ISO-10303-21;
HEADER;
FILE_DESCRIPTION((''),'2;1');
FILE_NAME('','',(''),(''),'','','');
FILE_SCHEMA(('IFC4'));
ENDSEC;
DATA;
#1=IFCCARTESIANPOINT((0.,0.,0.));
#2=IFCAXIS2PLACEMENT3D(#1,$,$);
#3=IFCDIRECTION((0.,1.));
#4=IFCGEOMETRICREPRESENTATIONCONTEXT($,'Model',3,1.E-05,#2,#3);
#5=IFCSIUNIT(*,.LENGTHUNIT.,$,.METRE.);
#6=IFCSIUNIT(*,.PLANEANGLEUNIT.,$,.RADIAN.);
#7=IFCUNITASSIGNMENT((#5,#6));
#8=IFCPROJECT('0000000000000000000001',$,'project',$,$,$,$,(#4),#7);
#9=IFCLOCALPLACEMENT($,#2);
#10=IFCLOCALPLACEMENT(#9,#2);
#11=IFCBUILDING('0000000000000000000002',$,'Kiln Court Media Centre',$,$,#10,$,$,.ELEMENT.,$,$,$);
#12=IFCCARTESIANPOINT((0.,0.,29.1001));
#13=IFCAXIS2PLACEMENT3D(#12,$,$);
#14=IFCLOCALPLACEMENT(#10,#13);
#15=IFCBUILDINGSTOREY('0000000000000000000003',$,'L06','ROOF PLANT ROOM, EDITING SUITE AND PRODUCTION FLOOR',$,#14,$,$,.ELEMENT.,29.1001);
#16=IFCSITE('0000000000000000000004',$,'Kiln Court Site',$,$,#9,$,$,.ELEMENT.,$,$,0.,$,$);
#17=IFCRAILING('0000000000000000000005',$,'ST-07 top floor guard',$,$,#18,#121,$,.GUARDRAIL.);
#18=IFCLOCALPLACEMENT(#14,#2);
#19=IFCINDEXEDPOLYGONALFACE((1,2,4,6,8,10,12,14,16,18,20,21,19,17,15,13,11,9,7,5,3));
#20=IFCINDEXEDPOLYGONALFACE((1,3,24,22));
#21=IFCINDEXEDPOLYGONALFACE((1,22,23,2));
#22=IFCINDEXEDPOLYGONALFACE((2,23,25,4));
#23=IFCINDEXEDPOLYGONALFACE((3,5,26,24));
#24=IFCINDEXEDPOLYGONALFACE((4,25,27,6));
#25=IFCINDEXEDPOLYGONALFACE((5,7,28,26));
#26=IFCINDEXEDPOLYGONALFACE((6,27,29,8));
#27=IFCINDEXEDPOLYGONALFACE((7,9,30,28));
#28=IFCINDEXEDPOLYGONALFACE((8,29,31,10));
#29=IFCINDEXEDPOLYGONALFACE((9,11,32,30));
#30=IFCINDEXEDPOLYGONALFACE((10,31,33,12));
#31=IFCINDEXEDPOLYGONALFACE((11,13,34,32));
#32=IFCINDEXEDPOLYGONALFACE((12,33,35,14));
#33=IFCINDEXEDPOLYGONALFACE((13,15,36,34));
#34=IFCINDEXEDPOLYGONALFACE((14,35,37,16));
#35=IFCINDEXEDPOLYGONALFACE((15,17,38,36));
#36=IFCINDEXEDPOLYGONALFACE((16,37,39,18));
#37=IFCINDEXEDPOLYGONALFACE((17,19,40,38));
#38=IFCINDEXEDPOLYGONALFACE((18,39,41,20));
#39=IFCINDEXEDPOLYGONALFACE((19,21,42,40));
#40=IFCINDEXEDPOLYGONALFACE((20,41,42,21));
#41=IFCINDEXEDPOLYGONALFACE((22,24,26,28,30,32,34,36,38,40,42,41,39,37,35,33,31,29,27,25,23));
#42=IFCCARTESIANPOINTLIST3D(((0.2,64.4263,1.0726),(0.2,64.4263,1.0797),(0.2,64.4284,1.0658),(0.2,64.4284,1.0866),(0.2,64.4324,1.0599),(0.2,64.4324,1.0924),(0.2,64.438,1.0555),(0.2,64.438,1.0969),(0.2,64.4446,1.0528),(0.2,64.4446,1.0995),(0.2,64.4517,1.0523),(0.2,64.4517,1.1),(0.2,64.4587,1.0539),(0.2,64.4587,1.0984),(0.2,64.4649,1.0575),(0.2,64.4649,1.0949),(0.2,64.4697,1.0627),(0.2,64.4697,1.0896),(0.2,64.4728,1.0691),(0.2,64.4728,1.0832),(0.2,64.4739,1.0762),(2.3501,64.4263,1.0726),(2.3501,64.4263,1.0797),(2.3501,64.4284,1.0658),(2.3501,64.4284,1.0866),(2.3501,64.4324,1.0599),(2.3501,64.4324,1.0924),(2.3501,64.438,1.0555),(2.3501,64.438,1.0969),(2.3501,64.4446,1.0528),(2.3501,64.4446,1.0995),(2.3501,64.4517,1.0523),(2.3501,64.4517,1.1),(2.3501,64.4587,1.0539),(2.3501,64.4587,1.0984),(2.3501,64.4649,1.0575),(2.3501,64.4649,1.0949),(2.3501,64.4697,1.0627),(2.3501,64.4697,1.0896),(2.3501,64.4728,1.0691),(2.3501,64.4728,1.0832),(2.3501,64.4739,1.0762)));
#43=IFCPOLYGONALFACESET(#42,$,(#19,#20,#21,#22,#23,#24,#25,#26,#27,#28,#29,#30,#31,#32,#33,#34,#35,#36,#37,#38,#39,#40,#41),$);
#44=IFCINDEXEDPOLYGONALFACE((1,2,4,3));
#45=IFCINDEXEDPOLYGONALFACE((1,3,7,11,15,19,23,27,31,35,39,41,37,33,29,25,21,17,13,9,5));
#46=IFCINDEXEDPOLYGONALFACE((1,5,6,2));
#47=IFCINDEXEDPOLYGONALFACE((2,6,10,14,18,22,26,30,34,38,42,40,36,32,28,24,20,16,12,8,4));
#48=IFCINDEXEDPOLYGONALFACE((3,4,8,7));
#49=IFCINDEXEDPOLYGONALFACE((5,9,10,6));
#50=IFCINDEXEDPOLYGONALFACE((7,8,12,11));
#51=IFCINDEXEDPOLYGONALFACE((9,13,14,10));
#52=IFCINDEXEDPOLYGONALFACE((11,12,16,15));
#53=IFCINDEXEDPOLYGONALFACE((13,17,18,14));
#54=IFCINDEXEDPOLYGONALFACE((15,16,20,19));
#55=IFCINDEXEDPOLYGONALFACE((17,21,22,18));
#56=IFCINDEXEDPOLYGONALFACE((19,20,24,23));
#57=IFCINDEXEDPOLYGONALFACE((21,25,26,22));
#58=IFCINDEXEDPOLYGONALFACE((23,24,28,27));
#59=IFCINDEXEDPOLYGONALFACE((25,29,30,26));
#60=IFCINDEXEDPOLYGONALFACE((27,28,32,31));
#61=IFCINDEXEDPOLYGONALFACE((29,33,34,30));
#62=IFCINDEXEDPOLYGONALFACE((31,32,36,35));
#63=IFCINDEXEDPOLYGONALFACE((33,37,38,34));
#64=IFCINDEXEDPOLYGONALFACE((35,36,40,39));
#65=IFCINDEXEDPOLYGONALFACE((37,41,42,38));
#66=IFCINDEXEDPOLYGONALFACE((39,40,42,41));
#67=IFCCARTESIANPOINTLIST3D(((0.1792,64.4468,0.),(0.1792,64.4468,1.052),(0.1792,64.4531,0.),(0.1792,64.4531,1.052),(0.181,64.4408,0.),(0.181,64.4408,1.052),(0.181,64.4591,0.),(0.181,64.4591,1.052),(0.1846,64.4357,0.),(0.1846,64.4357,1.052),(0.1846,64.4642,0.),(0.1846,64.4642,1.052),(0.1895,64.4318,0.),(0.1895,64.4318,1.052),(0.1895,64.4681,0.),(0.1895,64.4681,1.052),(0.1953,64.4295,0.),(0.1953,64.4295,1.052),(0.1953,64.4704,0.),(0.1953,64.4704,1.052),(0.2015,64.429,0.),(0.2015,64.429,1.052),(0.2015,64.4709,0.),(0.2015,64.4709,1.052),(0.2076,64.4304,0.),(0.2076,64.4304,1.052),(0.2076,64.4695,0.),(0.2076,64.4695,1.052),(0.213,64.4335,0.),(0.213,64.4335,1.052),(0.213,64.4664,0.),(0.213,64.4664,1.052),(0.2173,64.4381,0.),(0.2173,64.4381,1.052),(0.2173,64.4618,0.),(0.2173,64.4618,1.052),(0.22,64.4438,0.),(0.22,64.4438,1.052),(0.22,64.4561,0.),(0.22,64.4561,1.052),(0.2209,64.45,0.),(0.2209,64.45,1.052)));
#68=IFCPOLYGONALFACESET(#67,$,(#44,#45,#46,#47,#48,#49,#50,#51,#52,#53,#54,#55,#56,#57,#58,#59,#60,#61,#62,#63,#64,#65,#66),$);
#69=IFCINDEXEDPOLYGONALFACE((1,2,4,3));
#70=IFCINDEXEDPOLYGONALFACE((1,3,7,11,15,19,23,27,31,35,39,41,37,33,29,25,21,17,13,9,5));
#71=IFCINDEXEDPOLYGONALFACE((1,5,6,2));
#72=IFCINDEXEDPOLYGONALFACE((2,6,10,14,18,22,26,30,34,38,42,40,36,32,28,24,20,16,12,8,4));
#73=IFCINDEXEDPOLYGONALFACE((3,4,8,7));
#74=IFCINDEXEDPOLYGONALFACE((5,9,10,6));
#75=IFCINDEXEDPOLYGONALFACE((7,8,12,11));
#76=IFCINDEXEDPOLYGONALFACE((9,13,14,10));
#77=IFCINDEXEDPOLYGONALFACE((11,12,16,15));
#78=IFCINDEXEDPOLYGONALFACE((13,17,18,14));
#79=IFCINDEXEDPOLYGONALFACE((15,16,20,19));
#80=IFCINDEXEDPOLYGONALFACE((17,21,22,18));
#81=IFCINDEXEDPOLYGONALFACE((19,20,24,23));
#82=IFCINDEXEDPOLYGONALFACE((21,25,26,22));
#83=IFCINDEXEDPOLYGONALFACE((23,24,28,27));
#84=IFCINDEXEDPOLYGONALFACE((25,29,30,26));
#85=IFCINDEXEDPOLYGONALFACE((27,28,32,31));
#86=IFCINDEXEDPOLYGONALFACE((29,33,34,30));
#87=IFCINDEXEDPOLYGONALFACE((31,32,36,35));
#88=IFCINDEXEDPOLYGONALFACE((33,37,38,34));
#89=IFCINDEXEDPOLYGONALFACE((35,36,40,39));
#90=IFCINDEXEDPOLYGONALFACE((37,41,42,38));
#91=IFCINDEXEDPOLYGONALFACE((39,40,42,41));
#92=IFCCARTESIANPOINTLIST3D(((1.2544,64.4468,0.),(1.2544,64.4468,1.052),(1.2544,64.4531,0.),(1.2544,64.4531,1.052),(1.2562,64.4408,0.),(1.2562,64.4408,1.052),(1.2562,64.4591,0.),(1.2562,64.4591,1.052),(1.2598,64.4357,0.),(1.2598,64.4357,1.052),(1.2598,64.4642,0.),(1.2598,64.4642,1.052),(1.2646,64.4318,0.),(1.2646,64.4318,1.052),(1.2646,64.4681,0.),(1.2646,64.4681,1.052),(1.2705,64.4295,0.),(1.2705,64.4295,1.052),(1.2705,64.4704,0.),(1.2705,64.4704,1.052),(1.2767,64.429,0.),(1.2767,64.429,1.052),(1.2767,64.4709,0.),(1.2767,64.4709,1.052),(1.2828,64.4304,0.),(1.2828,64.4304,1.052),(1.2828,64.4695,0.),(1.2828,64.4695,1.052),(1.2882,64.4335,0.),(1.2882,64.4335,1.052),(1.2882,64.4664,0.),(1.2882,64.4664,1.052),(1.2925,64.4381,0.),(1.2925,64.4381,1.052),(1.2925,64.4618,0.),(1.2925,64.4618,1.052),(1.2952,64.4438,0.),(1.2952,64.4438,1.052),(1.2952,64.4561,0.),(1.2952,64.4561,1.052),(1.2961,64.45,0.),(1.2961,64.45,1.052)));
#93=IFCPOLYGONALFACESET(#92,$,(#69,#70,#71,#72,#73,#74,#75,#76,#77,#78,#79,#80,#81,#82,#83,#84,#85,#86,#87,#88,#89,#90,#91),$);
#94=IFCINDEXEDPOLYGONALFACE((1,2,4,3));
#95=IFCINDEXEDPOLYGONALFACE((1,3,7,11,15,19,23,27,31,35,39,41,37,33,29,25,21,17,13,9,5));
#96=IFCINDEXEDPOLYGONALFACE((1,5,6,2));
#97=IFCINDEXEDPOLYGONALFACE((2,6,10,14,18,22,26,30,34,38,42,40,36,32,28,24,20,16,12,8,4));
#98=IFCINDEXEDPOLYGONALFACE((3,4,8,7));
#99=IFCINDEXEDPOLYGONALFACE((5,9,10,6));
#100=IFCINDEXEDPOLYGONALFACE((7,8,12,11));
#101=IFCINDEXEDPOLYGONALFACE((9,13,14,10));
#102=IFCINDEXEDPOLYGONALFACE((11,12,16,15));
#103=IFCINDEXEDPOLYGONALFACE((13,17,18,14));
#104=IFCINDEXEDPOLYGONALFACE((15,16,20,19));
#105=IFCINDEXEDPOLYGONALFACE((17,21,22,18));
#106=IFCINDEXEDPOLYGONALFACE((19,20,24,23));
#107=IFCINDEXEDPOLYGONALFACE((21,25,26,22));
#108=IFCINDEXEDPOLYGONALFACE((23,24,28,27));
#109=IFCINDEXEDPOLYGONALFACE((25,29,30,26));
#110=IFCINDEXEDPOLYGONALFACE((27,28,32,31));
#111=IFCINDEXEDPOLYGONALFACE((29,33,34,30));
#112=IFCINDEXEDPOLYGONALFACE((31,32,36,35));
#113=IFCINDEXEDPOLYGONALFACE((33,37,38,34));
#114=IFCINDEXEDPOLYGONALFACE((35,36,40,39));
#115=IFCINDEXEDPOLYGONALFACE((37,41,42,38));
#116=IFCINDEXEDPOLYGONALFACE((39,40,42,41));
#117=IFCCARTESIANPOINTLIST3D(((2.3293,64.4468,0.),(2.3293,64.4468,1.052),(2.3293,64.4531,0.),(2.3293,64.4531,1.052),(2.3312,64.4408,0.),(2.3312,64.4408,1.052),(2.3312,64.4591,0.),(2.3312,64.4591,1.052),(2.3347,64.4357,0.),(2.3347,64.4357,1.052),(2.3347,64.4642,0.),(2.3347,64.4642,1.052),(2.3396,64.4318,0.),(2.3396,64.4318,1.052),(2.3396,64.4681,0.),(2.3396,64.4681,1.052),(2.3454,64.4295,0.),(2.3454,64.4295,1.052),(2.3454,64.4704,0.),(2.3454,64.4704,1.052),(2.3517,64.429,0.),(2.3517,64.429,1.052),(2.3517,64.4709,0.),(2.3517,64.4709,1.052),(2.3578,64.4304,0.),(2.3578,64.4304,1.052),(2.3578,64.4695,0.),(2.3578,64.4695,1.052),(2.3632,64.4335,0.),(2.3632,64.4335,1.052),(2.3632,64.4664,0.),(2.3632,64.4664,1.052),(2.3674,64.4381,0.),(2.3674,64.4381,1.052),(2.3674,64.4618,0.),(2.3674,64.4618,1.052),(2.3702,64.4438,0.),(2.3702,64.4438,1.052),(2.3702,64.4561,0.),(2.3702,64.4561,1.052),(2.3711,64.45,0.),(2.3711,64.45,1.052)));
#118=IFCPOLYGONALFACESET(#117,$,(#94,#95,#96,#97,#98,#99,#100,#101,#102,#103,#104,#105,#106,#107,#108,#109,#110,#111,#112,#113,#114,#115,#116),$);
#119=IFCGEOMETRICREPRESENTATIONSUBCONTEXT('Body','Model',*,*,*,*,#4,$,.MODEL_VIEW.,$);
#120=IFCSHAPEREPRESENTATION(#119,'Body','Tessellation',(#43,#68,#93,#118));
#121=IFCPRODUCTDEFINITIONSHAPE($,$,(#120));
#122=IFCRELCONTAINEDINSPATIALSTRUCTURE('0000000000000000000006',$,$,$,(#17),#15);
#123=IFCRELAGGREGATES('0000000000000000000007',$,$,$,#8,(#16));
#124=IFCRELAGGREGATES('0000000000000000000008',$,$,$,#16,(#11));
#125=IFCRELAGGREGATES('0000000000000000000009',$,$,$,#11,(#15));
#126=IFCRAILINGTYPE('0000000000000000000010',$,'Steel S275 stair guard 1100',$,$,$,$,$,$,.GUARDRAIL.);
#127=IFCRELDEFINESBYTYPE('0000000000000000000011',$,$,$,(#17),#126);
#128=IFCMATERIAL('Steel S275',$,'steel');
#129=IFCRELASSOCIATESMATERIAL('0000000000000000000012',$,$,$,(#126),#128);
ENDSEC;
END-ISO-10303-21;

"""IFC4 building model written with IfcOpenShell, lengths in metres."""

from ifc_helpers import new_model, si_unit, direction, frame, origin, origin_2d, place, context, subcontext, project, spatial, circle, extrude, material, type_object, element, save


model = new_model("IFC4")

# Units and contexts
model_context = context("Model", 3, precision=1e-05, world=origin(), true_north=direction((0.0, 1.0)))
body_context = subcontext(model_context, "Body", "Model", "MODEL_VIEW")
ifc_project = project(units=[si_unit("LENGTHUNIT", "METRE"), si_unit("PLANEANGLEUNIT", "RADIAN")], contexts=[model_context])

# Site, building, storey
site_placement = place(None, origin())
site = spatial("IfcSite", under=ifc_project, at=site_placement, Name="Kiln Court Site", CompositionType="ELEMENT", RefElevation=0.0)
building_placement = place(site_placement, origin())
building = spatial("IfcBuilding", under=site, at=building_placement, Name="Kiln Court Media Centre", CompositionType="ELEMENT")
storey_placement = place(building_placement, frame((0.0, 0.0, 29.1001)))
storey = spatial("IfcBuildingStorey", under=building, at=storey_placement, Name="L06", Description="ROOF PLANT ROOM, EDITING SUITE AND PRODUCTION FLOOR", CompositionType="ELEMENT", Elevation=29.1001)

# Railing
ifc_material_1 = material(Name="Steel S275", Category="steel")
railing_type = type_object("IfcRailingType", Name="Steel S275 stair guard 1100", PredefinedType="GUARDRAIL", material=ifc_material_1)
railing_1_placement = place(storey_placement, frame((0.2, 64.45, 0.0)))
element("IfcRailing", 1, at=railing_1_placement, inside=storey, type_object=railing_type, Name="ST-07 top floor guard", PredefinedType="GUARDRAIL", context=body_context, shape_type="SweptSolid", body=[
    extrude(circle(Radius=0.0239, at=origin_2d()), frame((0.0, 0.0, 1.0762), z_axis=(1.0, 0.0, 0.0), x_axis=(0.0, 1.0, 0.0)), (0.0, 0.0, 1.0), 2.1501),
    extrude(circle(Radius=0.021, at=origin_2d()), origin(), (0.0, 0.0, 1.0), 1.052),
    extrude(circle(Radius=0.021, at=origin_2d()), frame((1.0752, 0.0, 0.0)), (0.0, 0.0, 1.0), 1.052),
    extrude(circle(Radius=0.021, at=origin_2d()), frame((2.1501, 0.0, 0.0)), (0.0, 0.0, 1.0), 1.052),
])

save(model, "model.ifc")
